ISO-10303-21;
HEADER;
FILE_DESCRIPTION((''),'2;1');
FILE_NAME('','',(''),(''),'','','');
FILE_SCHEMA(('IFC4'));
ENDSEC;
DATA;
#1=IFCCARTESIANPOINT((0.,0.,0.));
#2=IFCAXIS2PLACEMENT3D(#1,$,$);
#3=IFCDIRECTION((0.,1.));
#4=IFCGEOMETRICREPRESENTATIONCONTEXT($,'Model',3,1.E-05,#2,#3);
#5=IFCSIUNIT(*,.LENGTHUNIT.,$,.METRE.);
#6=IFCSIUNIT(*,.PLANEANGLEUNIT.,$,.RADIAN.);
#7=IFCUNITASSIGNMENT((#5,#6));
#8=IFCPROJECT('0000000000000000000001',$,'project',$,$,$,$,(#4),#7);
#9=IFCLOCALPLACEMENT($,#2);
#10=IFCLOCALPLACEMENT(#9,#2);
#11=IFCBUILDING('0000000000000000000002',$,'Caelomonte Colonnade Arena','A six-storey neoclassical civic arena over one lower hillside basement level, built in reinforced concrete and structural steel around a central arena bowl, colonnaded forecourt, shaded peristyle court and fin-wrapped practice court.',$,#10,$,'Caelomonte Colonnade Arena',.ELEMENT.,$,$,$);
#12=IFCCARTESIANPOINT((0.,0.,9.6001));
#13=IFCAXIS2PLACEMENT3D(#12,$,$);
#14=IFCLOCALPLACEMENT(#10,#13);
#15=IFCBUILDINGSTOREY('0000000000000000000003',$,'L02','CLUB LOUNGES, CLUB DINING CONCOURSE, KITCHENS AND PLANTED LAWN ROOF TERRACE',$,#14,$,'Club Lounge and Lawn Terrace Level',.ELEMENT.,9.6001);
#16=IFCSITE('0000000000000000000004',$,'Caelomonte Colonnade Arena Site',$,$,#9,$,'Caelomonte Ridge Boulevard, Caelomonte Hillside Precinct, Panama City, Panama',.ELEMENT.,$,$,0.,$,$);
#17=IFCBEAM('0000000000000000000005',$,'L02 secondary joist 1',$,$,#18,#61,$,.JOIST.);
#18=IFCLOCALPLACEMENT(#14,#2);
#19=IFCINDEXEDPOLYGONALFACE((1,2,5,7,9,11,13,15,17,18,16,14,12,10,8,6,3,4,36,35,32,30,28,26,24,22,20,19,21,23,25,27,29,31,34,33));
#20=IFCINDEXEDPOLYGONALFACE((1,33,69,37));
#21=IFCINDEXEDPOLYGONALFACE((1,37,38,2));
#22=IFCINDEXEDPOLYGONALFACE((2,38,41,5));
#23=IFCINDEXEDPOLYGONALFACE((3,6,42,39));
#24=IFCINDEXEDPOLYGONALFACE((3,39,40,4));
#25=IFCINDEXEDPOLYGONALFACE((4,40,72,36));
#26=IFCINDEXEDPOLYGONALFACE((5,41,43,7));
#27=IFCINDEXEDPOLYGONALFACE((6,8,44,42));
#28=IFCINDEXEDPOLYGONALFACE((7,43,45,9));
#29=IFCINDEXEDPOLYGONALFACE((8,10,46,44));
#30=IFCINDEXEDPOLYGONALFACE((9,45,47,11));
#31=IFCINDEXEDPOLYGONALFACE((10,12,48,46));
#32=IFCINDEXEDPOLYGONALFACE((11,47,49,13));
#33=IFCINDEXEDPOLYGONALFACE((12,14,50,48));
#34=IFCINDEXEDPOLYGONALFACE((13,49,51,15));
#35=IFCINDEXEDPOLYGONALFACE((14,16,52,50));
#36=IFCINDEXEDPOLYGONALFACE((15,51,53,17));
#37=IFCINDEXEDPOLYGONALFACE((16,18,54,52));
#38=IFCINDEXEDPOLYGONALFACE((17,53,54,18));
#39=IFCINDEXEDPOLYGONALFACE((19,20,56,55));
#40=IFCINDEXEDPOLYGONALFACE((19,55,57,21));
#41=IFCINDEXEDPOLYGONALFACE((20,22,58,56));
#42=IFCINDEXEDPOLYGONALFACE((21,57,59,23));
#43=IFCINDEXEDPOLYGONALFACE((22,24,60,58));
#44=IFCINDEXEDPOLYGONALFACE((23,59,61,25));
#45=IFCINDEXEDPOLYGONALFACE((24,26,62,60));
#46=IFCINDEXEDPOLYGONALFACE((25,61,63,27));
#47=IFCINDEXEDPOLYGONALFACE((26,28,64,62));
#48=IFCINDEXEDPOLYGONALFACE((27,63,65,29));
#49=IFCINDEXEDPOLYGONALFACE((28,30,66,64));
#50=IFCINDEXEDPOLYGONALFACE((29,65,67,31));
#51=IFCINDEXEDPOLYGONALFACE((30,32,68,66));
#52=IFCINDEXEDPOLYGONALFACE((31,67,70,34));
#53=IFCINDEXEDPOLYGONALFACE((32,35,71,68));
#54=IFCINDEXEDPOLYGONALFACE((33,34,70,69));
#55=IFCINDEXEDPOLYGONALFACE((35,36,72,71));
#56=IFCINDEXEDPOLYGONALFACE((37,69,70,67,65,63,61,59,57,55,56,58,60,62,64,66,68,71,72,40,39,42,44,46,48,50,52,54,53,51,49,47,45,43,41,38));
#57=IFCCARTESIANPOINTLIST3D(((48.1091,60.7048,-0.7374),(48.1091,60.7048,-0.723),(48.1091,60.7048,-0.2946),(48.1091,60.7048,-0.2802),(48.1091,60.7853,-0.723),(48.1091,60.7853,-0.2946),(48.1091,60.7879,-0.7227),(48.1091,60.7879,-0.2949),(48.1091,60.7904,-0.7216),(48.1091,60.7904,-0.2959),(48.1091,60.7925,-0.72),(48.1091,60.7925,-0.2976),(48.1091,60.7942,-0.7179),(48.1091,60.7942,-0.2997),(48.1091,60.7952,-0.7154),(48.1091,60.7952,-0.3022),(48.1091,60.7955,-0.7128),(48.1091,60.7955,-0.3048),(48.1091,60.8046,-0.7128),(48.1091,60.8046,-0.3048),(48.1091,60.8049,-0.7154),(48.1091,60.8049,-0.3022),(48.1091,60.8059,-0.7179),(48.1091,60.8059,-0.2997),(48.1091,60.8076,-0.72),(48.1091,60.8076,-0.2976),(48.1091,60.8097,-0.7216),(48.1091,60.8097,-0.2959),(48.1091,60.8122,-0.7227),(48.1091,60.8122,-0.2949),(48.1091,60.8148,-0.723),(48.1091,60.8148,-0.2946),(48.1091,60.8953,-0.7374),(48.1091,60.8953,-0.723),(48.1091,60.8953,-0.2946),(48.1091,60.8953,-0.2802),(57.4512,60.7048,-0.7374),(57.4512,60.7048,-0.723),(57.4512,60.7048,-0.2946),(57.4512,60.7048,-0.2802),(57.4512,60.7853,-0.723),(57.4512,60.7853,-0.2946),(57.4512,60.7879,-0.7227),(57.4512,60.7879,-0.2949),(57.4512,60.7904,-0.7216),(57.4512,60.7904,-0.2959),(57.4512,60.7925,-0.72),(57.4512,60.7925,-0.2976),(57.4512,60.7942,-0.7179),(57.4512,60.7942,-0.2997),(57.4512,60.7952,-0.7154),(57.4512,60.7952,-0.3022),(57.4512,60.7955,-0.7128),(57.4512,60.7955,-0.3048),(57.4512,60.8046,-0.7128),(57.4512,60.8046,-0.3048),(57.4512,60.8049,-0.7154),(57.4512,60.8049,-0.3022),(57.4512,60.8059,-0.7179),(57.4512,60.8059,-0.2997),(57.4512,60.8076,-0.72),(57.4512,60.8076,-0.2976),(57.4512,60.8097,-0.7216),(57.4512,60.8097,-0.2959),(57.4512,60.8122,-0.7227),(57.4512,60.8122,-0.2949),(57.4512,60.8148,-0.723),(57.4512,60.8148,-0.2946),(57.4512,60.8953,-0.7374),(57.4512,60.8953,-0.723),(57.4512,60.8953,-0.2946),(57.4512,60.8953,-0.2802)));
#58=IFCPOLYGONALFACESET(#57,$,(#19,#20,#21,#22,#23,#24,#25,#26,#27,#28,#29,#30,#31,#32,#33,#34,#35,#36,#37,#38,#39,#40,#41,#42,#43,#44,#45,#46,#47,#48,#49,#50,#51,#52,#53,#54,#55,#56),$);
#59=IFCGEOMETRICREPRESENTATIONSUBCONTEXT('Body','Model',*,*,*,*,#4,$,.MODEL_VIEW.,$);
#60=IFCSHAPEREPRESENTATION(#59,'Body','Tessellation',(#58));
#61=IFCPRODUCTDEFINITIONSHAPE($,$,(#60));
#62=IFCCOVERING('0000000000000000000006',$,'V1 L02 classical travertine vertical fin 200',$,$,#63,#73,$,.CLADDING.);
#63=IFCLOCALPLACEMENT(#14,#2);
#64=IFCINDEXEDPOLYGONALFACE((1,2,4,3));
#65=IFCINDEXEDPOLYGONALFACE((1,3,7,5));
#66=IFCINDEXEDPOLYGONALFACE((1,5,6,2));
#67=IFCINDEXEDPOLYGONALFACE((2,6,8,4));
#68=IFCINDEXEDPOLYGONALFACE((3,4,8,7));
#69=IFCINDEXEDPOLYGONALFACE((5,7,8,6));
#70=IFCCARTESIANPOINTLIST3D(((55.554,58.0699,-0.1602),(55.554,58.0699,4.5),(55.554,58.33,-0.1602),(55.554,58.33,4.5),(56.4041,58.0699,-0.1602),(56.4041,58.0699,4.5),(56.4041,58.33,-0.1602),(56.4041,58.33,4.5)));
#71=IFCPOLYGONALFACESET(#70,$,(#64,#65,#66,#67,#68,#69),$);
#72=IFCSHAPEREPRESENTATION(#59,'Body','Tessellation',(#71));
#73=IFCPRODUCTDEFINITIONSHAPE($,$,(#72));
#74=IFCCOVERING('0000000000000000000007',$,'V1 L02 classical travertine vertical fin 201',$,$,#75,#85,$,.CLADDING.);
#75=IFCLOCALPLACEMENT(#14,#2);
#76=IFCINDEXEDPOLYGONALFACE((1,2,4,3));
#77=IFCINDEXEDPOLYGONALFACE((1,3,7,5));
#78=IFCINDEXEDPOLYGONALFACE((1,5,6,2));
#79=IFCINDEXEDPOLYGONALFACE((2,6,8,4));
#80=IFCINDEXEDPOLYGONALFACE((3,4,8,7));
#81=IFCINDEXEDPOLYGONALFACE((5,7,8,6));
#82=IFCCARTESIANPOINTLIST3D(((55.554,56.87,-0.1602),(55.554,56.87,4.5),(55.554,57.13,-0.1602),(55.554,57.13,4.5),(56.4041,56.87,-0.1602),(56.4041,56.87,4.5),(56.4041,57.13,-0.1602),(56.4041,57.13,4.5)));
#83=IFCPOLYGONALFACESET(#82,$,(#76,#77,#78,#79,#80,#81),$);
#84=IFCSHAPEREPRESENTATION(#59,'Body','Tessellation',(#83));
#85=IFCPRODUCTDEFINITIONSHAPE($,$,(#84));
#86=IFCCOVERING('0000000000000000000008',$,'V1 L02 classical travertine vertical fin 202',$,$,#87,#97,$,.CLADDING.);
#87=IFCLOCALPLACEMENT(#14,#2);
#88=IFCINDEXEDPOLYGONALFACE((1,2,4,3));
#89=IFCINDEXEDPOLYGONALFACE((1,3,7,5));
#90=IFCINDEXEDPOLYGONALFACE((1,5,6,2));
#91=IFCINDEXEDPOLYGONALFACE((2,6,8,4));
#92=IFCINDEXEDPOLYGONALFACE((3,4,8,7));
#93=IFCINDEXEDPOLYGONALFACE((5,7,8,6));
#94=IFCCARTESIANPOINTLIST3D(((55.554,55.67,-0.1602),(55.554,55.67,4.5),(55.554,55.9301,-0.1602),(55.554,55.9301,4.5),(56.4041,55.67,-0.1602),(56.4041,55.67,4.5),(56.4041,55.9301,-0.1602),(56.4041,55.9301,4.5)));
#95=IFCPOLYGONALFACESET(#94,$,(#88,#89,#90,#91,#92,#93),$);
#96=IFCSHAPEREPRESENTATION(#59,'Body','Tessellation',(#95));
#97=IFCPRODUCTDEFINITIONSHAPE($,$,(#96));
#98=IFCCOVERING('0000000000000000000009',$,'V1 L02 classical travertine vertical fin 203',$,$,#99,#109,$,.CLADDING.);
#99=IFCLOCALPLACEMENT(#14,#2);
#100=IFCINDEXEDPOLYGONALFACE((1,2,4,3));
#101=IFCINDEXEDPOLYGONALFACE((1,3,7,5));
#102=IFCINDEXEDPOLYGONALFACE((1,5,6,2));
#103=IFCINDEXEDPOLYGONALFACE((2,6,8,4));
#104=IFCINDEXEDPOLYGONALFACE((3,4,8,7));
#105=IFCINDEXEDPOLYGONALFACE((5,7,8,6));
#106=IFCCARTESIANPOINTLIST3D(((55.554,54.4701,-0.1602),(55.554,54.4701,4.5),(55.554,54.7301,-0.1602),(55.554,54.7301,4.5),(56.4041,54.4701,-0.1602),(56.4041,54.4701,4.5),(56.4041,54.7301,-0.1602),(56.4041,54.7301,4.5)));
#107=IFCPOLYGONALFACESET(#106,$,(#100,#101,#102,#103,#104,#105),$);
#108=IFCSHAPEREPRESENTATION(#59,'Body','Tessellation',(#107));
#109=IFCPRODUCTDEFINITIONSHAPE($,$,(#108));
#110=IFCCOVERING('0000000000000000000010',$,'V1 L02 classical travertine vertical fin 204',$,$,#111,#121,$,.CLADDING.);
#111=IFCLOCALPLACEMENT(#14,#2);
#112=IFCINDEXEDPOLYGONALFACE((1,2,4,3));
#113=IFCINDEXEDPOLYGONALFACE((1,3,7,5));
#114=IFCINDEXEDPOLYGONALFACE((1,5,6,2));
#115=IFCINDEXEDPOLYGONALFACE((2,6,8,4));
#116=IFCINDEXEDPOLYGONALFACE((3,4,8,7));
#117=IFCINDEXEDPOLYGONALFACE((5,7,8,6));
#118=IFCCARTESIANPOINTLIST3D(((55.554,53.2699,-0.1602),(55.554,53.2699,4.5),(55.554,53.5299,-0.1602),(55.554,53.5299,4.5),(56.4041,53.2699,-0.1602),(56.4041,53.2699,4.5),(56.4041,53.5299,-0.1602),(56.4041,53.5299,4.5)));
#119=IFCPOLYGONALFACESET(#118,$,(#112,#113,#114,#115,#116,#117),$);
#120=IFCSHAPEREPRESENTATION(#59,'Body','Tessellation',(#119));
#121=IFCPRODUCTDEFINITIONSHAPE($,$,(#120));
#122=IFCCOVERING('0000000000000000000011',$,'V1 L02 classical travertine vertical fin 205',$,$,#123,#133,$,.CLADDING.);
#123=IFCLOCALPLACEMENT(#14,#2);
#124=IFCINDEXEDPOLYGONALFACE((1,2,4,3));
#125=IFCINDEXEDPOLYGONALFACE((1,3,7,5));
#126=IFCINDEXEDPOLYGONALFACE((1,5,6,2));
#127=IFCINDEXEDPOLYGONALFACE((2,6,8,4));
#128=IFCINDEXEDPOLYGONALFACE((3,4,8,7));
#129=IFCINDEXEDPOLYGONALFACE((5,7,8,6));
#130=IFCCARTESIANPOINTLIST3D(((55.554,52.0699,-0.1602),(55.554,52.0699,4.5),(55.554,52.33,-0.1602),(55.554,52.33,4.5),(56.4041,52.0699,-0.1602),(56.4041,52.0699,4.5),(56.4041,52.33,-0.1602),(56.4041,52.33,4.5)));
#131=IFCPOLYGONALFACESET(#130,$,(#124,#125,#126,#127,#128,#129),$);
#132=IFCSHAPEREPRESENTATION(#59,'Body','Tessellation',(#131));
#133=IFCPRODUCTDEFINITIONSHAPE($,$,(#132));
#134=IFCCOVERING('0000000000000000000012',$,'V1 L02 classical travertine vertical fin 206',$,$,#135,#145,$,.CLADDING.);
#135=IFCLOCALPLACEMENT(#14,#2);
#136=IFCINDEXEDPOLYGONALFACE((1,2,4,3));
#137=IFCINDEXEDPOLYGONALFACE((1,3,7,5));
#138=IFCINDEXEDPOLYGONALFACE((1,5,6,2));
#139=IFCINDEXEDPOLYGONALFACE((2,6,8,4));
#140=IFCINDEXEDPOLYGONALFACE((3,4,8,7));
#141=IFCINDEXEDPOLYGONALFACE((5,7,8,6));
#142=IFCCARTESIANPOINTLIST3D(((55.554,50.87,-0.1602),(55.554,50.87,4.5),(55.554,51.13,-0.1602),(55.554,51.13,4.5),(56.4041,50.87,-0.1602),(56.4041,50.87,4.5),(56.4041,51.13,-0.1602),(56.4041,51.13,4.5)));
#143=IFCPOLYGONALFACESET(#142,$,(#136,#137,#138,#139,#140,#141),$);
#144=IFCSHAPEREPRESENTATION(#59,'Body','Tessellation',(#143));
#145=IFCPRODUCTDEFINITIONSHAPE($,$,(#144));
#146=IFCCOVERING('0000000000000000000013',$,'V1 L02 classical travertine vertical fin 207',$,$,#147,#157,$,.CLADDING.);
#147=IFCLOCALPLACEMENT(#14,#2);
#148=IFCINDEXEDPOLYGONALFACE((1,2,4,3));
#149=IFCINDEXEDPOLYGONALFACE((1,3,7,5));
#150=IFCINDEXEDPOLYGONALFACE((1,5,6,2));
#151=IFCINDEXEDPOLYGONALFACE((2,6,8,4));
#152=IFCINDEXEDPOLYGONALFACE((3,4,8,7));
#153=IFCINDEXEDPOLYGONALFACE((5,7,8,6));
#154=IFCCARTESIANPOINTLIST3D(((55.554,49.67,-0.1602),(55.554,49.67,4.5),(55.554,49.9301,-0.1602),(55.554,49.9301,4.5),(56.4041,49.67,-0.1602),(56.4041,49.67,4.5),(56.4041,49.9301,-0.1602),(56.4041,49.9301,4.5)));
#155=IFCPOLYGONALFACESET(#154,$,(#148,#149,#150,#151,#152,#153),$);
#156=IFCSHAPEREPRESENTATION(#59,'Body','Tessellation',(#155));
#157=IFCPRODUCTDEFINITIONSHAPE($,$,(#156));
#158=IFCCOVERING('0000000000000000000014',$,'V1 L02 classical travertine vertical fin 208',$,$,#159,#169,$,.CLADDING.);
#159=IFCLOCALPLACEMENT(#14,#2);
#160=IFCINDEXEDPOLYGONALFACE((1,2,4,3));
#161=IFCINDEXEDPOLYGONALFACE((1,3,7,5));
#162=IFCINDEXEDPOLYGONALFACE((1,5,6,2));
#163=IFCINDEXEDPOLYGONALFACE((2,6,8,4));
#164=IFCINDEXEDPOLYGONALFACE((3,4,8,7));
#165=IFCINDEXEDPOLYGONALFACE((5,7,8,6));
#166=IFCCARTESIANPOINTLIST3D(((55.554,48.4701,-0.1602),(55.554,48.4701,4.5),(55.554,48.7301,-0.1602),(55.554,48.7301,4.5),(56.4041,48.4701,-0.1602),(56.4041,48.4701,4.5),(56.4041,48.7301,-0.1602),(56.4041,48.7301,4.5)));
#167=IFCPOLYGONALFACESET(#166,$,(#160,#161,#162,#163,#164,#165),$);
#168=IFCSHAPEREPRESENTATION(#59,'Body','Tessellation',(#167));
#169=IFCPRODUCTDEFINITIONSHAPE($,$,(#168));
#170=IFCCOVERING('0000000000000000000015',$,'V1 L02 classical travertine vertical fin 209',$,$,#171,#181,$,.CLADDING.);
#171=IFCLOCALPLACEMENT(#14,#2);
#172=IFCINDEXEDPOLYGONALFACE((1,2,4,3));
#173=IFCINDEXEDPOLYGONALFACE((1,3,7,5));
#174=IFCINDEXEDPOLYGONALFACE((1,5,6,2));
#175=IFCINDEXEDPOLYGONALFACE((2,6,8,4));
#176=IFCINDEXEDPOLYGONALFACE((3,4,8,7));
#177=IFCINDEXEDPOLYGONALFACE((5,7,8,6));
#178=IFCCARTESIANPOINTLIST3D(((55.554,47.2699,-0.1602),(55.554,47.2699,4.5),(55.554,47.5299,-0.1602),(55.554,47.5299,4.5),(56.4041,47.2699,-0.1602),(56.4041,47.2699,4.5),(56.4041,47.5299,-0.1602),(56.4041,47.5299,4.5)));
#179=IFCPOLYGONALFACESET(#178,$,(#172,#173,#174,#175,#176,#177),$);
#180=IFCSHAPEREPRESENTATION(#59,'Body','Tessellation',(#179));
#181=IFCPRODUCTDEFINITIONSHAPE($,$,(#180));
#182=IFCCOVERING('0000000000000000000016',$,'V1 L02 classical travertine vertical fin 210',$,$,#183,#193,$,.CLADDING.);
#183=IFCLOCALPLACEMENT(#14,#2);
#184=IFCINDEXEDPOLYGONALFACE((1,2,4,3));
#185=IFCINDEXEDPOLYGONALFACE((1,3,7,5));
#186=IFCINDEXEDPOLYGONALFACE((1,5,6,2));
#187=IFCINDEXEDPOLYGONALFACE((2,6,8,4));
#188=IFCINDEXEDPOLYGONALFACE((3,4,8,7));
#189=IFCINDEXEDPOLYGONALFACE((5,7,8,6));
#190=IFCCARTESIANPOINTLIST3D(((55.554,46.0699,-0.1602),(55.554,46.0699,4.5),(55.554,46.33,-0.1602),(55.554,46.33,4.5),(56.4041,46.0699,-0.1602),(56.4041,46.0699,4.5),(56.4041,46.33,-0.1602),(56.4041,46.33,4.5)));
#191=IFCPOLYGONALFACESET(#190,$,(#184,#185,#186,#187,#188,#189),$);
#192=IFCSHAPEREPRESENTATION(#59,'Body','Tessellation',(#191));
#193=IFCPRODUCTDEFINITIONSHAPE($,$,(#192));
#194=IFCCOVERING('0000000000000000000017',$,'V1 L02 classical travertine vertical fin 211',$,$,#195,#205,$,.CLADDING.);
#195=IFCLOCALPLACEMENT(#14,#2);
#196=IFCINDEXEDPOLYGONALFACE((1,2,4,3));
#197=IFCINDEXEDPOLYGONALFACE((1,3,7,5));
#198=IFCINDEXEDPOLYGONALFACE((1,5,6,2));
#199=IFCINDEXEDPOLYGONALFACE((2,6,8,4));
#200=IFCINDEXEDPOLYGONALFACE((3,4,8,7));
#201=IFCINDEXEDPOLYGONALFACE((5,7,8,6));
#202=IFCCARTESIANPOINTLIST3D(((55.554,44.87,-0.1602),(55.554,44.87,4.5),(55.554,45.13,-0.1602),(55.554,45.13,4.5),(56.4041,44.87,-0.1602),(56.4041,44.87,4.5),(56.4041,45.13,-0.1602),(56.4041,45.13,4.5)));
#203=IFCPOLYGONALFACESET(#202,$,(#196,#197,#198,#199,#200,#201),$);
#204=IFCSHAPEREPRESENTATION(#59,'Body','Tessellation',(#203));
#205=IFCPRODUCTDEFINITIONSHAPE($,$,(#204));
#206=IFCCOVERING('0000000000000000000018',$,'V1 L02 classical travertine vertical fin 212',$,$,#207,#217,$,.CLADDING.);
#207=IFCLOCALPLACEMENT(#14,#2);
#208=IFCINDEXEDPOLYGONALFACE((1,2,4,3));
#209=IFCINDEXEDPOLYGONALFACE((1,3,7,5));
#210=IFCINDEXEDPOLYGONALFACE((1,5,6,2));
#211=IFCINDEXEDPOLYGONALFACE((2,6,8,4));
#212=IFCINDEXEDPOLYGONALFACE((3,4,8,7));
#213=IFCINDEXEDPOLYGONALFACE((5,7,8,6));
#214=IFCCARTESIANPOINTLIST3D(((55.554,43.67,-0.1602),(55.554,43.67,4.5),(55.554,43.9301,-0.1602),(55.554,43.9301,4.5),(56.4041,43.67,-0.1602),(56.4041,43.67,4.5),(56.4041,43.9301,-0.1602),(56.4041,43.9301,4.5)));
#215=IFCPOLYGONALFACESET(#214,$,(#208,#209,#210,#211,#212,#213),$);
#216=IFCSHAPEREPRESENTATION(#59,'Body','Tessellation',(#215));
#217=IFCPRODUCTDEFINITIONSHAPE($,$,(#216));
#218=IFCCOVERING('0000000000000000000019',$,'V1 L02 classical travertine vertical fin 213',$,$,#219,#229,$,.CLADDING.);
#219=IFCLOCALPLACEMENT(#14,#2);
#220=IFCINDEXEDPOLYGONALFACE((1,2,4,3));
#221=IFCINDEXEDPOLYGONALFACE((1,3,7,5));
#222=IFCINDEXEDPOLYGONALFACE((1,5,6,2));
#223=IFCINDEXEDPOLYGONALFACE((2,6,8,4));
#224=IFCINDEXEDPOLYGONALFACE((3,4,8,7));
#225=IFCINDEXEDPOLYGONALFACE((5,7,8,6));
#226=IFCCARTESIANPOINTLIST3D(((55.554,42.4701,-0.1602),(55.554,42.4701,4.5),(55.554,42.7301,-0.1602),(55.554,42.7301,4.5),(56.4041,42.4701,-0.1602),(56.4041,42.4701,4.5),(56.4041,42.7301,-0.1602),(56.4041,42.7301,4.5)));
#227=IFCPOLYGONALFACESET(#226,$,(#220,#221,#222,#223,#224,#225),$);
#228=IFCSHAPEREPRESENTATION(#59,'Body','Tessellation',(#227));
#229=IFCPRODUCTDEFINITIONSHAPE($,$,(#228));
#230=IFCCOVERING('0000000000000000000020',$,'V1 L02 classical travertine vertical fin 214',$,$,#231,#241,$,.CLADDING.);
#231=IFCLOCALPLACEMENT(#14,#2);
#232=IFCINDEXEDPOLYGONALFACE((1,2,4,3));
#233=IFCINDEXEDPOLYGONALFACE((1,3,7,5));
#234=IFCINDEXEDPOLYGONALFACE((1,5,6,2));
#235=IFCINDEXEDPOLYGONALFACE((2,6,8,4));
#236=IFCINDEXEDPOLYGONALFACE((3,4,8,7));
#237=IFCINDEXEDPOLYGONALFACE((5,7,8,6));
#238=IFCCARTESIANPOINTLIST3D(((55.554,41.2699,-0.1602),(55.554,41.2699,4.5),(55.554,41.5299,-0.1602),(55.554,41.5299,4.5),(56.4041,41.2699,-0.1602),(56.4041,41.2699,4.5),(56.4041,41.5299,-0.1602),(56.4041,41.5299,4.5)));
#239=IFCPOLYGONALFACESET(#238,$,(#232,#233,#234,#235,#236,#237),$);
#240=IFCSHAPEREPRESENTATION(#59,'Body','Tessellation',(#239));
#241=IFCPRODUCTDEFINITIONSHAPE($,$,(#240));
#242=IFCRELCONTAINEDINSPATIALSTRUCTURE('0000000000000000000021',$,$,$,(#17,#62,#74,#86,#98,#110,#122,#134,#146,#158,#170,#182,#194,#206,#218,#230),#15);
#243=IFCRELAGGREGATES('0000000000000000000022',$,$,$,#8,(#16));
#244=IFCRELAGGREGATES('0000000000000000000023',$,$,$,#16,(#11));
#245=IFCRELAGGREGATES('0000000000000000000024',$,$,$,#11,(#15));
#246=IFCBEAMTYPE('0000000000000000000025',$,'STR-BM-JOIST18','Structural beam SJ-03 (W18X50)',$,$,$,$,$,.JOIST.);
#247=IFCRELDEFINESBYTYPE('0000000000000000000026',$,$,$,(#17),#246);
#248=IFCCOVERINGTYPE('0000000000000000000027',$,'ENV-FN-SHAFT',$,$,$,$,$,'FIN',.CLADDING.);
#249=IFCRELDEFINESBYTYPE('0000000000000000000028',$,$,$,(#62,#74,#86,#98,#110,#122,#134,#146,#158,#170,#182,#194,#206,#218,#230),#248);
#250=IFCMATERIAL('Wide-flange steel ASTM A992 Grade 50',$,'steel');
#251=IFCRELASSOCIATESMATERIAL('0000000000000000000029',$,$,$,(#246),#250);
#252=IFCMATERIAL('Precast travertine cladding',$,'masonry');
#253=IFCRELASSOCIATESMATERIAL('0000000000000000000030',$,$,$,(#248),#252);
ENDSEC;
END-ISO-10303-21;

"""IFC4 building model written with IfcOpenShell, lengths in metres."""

from ifc_helpers import new_model, si_unit, direction, frame, origin, origin_2d, place, context, subcontext, project, spatial, rectangle, i_section, extrude, material, material_profile, profile_set, type_object, element, save


model = new_model("IFC4")

# Units and contexts
model_context = context("Model", 3, precision=1e-05, world=origin(), true_north=direction((0.0, 1.0)))
body_context = subcontext(model_context, "Body", "Model", "MODEL_VIEW")
ifc_project = project(units=[si_unit("LENGTHUNIT", "METRE"), si_unit("PLANEANGLEUNIT", "RADIAN")], contexts=[model_context])

# Site, building, storey
site_placement = place(None, origin())
site = spatial("IfcSite", under=ifc_project, at=site_placement, Name="Caelomonte Colonnade Arena Site", LongName="Caelomonte Ridge Boulevard, Caelomonte Hillside Precinct, Panama City, Panama", CompositionType="ELEMENT", RefElevation=0.0)
building_placement = place(site_placement, origin())
building = spatial("IfcBuilding", under=site, at=building_placement, Name="Caelomonte Colonnade Arena", Description="A six-storey neoclassical civic arena over one lower hillside basement level, built in reinforced concrete and structural steel around a central arena bowl, colonnaded forecourt, shaded peristyle court and fin-wrapped practice court.", LongName="Caelomonte Colonnade Arena", CompositionType="ELEMENT")
storey_placement = place(building_placement, frame((0.0, 0.0, 9.6001)))
storey = spatial("IfcBuildingStorey", under=building, at=storey_placement, Name="L02", Description="CLUB LOUNGES, CLUB DINING CONCOURSE, KITCHENS AND PLANTED LAWN ROOF TERRACE", LongName="Club Lounge and Lawn Terrace Level", CompositionType="ELEMENT", Elevation=9.6001)

# Beam
ifc_material_1 = material(Name="Wide-flange steel ASTM A992 Grade 50", Category="steel")
ifc_material_profile_1 = material_profile(ifc_material_1, i_section(OverallWidth=0.1904, OverallDepth=0.4573, WebThickness=0.009, FlangeThickness=0.0144, FilletRadius=0.0103, at=origin_2d()), Name="W18X50")
ifc_profile_set_1 = profile_set([ifc_material_profile_1], Name="Wide-flange steel ASTM A992 Grade 50")
beam_type_1 = type_object("IfcBeamType", Name="STR-BM-JOIST18", Description="Structural beam SJ-03 (W18X50)", PredefinedType="JOIST", material=ifc_profile_set_1)
for number, where, z_axis, x_axis, name in (
    (1, (48.1091, 60.8, -0.5088), (1.0, 0.0, 0.0), (0.0, 1.0, 0.0), "L02 secondary joist 1"),
):
    element("IfcBeam", number, at=place(storey_placement, frame(where, z_axis=z_axis, x_axis=x_axis)), inside=storey, type_object=beam_type_1, Name=name, PredefinedType="JOIST", context=body_context, shape_type="SweptSolid", body=[
        extrude(i_section(OverallWidth=0.1904, OverallDepth=0.4573, WebThickness=0.009, FlangeThickness=0.0144, FilletRadius=0.0103, at=origin_2d()), origin(), (0.0, 0.0, 1.0), 9.342),
    ])

# Coverings
ifc_material_2 = material(Name="Precast travertine cladding", Category="masonry")
ifc_material_profile_2 = material_profile(ifc_material_2, rectangle(XDim=0.26, YDim=0.8501, at=origin_2d()), Name="FIN260X850")
ifc_profile_set_2 = profile_set([ifc_material_profile_2], Name="Precast travertine cladding")
covering_type = type_object("IfcCoveringType", Name="ENV-FN-SHAFT", ElementType="FIN", PredefinedType="CLADDING", material=ifc_profile_set_2)
for number, where, z_axis, x_axis, name in (
    (2, (55.979, 58.2, -0.1602), (0.0, 0.0, 1.0), (0.0, 1.0, 0.0), "V1 L02 classical travertine vertical fin 200"),
    (3, (55.979, 57.0, -0.1602), (0.0, 0.0, 1.0), (0.0, 1.0, 0.0), "V1 L02 classical travertine vertical fin 201"),
    (4, (55.979, 55.8, -0.1602), (0.0, 0.0, 1.0), (0.0, 1.0, 0.0), "V1 L02 classical travertine vertical fin 202"),
    (5, (55.979, 54.6001, -0.1602), (0.0, 0.0, 1.0), (0.0, 1.0, 0.0), "V1 L02 classical travertine vertical fin 203"),
    (6, (55.979, 53.3999, -0.1602), (0.0, 0.0, 1.0), (0.0, 1.0, 0.0), "V1 L02 classical travertine vertical fin 204"),
    (7, (55.979, 52.2, -0.1602), (0.0, 0.0, 1.0), (0.0, 1.0, 0.0), "V1 L02 classical travertine vertical fin 205"),
    (8, (55.979, 51.0, -0.1602), (0.0, 0.0, 1.0), (0.0, 1.0, 0.0), "V1 L02 classical travertine vertical fin 206"),
    (9, (55.979, 49.8, -0.1602), (0.0, 0.0, 1.0), (0.0, 1.0, 0.0), "V1 L02 classical travertine vertical fin 207"),
    (10, (55.979, 48.6001, -0.1602), (0.0, 0.0, 1.0), (0.0, 1.0, 0.0), "V1 L02 classical travertine vertical fin 208"),
    (11, (55.979, 47.3999, -0.1602), (0.0, 0.0, 1.0), (0.0, 1.0, 0.0), "V1 L02 classical travertine vertical fin 209"),
    (12, (55.979, 46.2, -0.1602), (0.0, 0.0, 1.0), (0.0, 1.0, 0.0), "V1 L02 classical travertine vertical fin 210"),
    (13, (55.979, 45.0, -0.1602), (0.0, 0.0, 1.0), (0.0, 1.0, 0.0), "V1 L02 classical travertine vertical fin 211"),
    (14, (55.979, 43.8, -0.1602), (0.0, 0.0, 1.0), (0.0, 1.0, 0.0), "V1 L02 classical travertine vertical fin 212"),
    (15, (55.979, 42.6001, -0.1602), (0.0, 0.0, 1.0), (0.0, 1.0, 0.0), "V1 L02 classical travertine vertical fin 213"),
    (16, (55.979, 41.3999, -0.1602), (0.0, 0.0, 1.0), (0.0, 1.0, 0.0), "V1 L02 classical travertine vertical fin 214"),
):
    element("IfcCovering", number, at=place(storey_placement, frame(where, z_axis=z_axis, x_axis=x_axis)), inside=storey, type_object=covering_type, Name=name, PredefinedType="CLADDING", context=body_context, shape_type="SweptSolid", body=[
        extrude(rectangle(XDim=0.26, YDim=0.8501, at=origin_2d()), origin(), (0.0, 0.0, 1.0), 4.6602),
    ])

save(model, "model.ifc")
